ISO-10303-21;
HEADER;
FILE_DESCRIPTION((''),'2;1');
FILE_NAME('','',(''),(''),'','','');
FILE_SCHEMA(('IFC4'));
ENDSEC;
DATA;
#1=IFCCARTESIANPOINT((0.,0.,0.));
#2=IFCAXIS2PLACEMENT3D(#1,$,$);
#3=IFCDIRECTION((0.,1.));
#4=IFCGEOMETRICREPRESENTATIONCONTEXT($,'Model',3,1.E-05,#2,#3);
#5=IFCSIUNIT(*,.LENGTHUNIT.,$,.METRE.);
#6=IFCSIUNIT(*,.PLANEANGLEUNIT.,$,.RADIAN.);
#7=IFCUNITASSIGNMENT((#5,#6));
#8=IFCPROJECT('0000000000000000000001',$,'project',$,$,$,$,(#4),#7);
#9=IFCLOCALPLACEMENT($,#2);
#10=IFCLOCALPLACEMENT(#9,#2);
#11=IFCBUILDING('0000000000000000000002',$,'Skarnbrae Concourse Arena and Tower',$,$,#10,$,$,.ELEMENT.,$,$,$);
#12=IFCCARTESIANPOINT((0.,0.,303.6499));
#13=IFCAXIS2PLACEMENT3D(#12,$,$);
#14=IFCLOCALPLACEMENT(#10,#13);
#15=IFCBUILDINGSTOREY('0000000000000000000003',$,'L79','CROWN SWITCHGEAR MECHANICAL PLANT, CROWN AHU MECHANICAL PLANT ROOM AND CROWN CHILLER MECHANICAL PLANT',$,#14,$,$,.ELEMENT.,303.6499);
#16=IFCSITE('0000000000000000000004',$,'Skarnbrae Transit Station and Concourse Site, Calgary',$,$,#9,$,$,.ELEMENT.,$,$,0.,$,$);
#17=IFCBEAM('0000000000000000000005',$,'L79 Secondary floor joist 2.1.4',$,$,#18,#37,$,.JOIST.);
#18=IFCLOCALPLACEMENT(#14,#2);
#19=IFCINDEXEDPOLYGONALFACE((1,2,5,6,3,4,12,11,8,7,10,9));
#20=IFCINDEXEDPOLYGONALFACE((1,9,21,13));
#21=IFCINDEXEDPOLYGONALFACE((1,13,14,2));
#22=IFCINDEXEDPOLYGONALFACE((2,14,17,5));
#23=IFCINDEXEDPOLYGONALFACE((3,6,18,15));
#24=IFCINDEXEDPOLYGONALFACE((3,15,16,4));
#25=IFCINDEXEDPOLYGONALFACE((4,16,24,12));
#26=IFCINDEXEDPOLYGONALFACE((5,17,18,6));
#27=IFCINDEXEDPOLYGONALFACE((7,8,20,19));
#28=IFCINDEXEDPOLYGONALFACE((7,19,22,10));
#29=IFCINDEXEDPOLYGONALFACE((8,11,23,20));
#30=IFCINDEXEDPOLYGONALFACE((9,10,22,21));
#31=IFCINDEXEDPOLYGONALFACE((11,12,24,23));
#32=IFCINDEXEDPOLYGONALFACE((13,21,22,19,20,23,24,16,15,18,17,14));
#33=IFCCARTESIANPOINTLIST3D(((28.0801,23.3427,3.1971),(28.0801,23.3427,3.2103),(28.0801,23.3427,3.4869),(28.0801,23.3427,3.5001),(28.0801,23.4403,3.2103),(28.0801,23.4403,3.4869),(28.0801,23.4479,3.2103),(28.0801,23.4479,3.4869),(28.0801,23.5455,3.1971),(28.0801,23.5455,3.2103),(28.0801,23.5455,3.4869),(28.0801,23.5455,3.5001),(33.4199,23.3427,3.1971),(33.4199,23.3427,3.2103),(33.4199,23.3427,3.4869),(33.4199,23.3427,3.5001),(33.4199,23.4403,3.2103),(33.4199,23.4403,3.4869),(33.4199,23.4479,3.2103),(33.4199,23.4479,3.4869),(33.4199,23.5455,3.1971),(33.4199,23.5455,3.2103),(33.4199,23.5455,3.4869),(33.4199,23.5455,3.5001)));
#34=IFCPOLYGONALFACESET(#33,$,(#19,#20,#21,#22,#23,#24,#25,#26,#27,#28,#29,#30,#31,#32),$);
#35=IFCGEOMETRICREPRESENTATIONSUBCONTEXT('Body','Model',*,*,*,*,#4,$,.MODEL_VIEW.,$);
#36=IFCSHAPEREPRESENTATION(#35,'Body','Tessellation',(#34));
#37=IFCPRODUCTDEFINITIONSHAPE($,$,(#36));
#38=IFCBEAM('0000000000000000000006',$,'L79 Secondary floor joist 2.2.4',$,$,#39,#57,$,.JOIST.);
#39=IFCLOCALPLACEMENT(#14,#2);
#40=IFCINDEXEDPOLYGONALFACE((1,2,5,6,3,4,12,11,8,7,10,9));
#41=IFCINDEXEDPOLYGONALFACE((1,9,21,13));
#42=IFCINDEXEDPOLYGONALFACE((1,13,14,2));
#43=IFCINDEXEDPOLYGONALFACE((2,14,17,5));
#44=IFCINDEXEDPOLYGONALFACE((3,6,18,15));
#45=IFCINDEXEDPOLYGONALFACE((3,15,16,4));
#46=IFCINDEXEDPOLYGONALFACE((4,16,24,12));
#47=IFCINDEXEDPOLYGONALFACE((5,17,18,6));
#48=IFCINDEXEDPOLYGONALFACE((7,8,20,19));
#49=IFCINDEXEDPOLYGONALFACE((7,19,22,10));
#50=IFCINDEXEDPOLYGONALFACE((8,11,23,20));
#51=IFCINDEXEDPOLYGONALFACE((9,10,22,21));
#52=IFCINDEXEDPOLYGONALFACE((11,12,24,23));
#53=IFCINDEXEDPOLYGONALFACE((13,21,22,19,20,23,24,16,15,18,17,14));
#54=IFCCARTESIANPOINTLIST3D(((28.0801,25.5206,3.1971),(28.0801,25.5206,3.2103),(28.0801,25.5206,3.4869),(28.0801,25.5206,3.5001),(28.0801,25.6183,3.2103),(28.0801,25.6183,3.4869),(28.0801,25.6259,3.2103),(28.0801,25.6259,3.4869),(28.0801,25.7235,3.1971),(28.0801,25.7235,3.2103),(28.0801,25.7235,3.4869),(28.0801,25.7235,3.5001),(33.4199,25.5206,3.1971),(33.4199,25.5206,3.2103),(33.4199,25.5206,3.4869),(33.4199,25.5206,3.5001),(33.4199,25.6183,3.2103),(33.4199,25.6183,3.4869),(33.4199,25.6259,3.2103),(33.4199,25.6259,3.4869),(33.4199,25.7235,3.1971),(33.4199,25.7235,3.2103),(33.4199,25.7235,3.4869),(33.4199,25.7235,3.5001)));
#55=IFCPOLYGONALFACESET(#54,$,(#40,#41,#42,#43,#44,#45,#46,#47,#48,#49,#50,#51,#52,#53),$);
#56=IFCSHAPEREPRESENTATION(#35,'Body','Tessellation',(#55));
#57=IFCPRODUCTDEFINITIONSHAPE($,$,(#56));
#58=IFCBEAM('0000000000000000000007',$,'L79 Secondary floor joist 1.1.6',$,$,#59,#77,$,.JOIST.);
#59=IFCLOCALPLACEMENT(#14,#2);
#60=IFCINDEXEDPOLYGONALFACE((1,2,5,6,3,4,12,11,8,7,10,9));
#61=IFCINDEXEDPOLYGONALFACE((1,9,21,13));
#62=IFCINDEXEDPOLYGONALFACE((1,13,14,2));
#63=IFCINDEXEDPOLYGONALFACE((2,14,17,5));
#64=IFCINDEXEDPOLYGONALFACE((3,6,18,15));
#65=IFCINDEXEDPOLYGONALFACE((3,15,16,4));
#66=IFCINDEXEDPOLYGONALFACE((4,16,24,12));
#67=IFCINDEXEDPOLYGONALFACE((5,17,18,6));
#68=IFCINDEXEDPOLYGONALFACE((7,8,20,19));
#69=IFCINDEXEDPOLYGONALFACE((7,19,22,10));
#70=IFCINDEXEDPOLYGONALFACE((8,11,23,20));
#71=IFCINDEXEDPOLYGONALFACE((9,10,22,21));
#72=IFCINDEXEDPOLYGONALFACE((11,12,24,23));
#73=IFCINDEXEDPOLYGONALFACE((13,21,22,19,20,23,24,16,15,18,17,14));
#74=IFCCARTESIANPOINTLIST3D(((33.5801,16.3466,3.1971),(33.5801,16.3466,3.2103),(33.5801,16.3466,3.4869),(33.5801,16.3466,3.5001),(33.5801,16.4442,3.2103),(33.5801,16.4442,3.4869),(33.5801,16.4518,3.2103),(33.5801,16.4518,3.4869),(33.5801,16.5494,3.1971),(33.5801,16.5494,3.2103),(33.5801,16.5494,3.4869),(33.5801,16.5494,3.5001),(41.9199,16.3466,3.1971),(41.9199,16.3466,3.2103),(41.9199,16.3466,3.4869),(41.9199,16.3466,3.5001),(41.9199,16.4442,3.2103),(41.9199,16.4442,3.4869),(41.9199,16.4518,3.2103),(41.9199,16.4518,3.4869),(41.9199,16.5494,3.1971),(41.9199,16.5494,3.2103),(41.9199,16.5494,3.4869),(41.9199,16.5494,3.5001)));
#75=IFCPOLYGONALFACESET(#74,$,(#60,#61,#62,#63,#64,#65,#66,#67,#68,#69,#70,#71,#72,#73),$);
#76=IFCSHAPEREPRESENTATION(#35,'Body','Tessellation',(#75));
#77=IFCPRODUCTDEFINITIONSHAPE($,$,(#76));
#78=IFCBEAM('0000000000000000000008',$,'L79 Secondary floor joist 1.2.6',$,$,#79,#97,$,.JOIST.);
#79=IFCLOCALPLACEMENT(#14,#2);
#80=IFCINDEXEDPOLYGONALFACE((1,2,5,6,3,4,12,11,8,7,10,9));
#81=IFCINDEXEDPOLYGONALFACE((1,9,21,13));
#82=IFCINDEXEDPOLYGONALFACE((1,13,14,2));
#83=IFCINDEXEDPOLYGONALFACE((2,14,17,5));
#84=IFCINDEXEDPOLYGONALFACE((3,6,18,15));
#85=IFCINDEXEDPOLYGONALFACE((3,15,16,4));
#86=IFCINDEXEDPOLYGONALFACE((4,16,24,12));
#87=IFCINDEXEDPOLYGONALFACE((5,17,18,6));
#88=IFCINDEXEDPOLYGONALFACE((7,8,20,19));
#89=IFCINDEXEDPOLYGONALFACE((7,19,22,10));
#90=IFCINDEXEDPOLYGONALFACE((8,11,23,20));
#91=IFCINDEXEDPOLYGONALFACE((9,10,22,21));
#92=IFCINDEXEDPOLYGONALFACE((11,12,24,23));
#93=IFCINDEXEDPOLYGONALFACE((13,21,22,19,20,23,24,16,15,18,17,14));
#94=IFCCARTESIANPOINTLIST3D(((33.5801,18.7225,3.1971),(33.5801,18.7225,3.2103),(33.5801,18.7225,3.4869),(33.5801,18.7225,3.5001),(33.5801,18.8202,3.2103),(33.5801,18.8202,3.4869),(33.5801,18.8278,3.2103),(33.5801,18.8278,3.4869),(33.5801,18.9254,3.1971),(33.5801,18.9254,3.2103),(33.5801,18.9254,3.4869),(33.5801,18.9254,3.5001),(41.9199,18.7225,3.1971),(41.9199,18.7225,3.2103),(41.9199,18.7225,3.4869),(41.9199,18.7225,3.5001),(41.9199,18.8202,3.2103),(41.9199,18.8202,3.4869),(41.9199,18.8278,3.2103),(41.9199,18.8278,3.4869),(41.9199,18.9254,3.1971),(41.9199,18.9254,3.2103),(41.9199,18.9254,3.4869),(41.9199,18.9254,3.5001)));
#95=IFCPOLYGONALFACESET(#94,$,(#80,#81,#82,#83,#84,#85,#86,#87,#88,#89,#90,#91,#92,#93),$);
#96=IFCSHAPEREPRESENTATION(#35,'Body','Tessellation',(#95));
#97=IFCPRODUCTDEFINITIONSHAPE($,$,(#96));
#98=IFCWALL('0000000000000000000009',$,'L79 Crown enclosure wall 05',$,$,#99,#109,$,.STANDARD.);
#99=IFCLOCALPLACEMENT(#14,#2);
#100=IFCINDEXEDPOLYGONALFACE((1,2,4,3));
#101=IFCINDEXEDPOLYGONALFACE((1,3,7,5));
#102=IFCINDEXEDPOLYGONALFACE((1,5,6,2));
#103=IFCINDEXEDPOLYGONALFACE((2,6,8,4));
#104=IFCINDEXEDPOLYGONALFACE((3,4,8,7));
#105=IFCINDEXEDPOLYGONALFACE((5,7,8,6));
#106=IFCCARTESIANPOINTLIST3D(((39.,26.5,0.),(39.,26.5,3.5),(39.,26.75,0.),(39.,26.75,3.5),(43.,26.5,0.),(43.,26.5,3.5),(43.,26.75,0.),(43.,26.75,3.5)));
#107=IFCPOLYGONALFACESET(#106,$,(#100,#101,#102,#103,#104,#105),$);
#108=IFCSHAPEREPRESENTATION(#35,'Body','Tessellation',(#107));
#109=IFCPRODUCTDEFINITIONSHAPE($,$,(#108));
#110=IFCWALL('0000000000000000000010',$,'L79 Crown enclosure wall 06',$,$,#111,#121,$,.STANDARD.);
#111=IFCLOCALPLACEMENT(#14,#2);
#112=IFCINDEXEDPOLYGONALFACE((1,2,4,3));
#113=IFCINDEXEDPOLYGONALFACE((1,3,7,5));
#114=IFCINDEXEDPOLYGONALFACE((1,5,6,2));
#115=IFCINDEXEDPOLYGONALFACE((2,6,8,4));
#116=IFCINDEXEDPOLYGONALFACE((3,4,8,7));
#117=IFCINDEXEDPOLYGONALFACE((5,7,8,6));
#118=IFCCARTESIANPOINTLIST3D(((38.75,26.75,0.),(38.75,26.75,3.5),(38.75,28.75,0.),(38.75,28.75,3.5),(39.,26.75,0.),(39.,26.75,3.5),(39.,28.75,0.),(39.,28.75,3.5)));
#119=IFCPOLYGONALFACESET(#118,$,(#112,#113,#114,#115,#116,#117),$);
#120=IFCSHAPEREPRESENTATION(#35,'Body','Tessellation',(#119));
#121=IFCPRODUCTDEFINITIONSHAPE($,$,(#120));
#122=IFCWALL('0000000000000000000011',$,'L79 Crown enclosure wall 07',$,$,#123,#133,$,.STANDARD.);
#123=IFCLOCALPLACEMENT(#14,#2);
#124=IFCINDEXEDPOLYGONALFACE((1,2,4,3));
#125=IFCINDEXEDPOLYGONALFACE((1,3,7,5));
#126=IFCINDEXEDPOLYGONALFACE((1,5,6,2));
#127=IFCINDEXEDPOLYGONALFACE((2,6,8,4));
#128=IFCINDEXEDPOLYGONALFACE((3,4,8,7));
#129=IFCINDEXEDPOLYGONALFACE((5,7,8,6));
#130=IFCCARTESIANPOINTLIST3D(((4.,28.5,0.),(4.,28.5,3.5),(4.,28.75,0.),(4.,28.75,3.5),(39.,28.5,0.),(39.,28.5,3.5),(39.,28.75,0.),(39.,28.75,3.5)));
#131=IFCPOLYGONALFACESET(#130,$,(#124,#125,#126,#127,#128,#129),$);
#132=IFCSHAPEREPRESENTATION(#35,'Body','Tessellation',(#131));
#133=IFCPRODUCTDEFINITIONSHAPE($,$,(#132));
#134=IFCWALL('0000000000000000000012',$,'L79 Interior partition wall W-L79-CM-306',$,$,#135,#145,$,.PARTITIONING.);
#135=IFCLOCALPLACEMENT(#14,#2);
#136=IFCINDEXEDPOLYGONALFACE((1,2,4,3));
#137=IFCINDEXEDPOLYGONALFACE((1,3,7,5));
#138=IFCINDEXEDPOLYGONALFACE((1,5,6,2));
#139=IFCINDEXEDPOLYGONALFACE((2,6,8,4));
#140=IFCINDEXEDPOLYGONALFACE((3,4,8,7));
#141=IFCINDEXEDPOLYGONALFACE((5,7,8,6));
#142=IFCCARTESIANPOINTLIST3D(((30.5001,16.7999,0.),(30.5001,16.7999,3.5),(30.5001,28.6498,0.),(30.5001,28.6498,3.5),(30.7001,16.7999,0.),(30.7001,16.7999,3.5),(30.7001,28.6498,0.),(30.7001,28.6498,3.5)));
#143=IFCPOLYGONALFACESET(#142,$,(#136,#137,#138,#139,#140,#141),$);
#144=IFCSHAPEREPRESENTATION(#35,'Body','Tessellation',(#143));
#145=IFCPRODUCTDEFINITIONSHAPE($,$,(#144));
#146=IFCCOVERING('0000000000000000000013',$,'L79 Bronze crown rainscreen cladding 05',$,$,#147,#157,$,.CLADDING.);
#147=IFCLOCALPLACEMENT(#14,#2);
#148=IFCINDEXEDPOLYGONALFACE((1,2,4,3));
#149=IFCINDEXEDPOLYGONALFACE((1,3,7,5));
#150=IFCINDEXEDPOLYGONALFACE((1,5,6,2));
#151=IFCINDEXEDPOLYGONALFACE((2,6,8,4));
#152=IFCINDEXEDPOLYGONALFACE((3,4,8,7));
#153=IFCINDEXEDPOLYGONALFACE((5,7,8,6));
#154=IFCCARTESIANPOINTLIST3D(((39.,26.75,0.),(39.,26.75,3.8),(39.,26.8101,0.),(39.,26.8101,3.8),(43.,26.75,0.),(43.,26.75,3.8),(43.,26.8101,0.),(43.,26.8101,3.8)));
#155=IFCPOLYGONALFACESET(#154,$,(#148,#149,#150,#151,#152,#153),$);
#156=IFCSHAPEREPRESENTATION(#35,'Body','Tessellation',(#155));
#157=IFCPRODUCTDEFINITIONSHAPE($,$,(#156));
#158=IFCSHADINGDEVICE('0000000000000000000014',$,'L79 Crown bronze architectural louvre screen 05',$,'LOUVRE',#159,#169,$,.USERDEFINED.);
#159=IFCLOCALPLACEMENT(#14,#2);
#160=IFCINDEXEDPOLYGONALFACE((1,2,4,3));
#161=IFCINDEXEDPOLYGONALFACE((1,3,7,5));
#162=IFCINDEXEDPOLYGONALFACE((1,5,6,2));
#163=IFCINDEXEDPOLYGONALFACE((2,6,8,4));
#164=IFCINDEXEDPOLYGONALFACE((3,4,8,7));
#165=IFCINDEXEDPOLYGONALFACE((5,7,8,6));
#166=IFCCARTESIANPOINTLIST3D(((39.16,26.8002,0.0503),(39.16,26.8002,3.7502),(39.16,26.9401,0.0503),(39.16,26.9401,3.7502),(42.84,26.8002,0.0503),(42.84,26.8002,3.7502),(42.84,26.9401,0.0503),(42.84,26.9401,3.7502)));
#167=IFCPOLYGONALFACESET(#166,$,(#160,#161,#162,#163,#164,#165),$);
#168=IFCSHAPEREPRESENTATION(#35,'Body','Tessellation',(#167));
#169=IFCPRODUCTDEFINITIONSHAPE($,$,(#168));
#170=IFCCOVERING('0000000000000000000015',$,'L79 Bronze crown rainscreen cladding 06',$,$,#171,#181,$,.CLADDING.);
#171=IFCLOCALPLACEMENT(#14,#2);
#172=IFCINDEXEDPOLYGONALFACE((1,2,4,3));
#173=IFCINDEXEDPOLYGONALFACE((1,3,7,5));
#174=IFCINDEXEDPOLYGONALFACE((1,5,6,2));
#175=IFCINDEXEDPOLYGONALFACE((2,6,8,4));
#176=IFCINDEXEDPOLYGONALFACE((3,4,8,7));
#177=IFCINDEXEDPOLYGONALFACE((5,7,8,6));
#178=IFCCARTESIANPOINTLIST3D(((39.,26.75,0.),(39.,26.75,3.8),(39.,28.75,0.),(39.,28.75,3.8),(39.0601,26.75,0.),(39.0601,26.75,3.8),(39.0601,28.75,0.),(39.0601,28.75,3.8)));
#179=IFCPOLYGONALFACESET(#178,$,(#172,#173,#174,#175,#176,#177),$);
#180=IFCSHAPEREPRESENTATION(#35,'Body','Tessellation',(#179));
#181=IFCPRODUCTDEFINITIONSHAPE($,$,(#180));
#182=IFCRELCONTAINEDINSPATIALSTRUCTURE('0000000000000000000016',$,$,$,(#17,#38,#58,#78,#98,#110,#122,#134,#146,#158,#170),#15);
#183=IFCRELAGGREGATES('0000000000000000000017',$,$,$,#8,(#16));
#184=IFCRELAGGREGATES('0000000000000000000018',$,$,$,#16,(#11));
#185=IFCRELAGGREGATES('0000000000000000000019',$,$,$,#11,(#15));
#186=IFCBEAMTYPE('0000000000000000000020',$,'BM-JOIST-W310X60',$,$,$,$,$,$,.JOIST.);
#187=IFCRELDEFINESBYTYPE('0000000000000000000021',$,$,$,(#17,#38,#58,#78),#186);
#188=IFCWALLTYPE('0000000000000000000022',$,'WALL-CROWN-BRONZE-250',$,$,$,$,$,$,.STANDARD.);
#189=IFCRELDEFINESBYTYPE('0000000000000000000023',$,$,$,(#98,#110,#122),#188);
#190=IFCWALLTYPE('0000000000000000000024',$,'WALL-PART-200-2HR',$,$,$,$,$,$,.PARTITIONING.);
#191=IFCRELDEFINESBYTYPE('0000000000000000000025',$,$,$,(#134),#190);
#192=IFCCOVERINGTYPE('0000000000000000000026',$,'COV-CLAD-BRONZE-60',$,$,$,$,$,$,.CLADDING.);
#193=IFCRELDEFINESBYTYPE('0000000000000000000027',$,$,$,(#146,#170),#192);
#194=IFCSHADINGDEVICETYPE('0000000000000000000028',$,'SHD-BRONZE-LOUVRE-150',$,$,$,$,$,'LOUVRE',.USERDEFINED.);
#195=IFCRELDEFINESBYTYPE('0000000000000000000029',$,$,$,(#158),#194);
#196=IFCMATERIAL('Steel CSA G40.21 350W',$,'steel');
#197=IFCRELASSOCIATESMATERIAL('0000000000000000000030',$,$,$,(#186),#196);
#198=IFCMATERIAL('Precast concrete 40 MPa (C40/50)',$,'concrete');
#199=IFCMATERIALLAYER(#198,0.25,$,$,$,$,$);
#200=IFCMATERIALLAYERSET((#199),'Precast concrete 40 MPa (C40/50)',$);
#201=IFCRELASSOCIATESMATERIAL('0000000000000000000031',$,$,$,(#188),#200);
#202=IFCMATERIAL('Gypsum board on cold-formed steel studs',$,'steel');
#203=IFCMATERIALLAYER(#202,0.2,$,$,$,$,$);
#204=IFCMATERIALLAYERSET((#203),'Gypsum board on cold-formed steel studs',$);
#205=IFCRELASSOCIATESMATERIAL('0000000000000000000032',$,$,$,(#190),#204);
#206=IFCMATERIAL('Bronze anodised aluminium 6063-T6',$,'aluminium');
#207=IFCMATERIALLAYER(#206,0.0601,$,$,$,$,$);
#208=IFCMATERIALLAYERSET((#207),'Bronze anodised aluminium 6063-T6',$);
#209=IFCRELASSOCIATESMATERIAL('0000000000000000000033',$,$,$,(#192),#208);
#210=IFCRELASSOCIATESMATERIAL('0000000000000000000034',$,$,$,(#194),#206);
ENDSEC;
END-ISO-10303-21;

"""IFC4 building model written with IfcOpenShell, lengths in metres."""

from ifc_helpers import new_model, si_unit, direction, frame, frame_2d, origin, origin_2d, place, context, subcontext, project, spatial, rectangle, i_section, extrude, source, transform, mapped, material, layer, layer_set, material_profile, profile_set, type_object, element, save


model = new_model("IFC4")

# Units and contexts
model_context = context("Model", 3, precision=1e-05, world=origin(), true_north=direction((0.0, 1.0)))
body_context = subcontext(model_context, "Body", "Model", "MODEL_VIEW")
ifc_project = project(units=[si_unit("LENGTHUNIT", "METRE"), si_unit("PLANEANGLEUNIT", "RADIAN")], contexts=[model_context])

# Site, building, storey
site_placement = place(None, origin())
site = spatial("IfcSite", under=ifc_project, at=site_placement, Name="Skarnbrae Transit Station and Concourse Site, Calgary", CompositionType="ELEMENT", RefElevation=0.0)
building_placement = place(site_placement, origin())
building = spatial("IfcBuilding", under=site, at=building_placement, Name="Skarnbrae Concourse Arena and Tower", CompositionType="ELEMENT")
storey_placement = place(building_placement, frame((0.0, 0.0, 303.6499)))
storey = spatial("IfcBuildingStorey", under=building, at=storey_placement, Name="L79", Description="CROWN SWITCHGEAR MECHANICAL PLANT, CROWN AHU MECHANICAL PLANT ROOM AND CROWN CHILLER MECHANICAL PLANT", CompositionType="ELEMENT", Elevation=303.6499)

# Shared definitions
ifc_material_1 = material(Name="Steel CSA G40.21 350W", Category="steel")

# Beams
ifc_material_profile_1 = material_profile(ifc_material_1, i_section(OverallWidth=0.2029, OverallDepth=0.303, WebThickness=0.0076, FlangeThickness=0.0132, at=origin_2d()), Name="W310X60")
ifc_profile_set_1 = profile_set([ifc_material_profile_1], Name="Steel CSA G40.21 350W")
beam_type_1 = type_object("IfcBeamType", Name="BM-JOIST-W310X60", PredefinedType="JOIST", material=ifc_profile_set_1)
shared_shape_1 = source(origin(), body_context, "Body", "SweptSolid", [
    extrude(i_section(OverallWidth=0.2029, OverallDepth=0.303, WebThickness=0.0076, FlangeThickness=0.0132, at=origin_2d()), origin(), (0.0, 0.0, 1.0), 5.3398),
])
for number, where, z_axis, x_axis, name in (
    (1, (28.0801, 23.4441, 3.3486), (1.0, 0.0, 0.0), (0.0, 1.0, 0.0), "L79 Secondary floor joist 2.1.4"),
    (2, (28.0801, 25.6221, 3.3486), (1.0, 0.0, 0.0), (0.0, 1.0, 0.0), "L79 Secondary floor joist 2.2.4"),
):
    element("IfcBeam", number, at=place(storey_placement, frame(where, z_axis=z_axis, x_axis=x_axis)), inside=storey, type_object=beam_type_1, Name=name, PredefinedType="JOIST", context=body_context, shape_type="MappedRepresentation", body=[
        mapped(shared_shape_1, transform((0.0, 0.0, 0.0))),
    ])
shared_shape_2 = source(origin(), body_context, "Body", "SweptSolid", [
    extrude(i_section(OverallWidth=0.2029, OverallDepth=0.303, WebThickness=0.0076, FlangeThickness=0.0132, at=origin_2d()), origin(), (0.0, 0.0, 1.0), 8.3398),
])
for number, where, z_axis, x_axis, name in (
    (3, (33.5801, 16.448, 3.3486), (1.0, 0.0, 0.0), (0.0, 1.0, 0.0), "L79 Secondary floor joist 1.1.6"),
    (4, (33.5801, 18.824, 3.3486), (1.0, 0.0, 0.0), (0.0, 1.0, 0.0), "L79 Secondary floor joist 1.2.6"),
):
    element("IfcBeam", number, at=place(storey_placement, frame(where, z_axis=z_axis, x_axis=x_axis)), inside=storey, type_object=beam_type_1, Name=name, PredefinedType="JOIST", context=body_context, shape_type="MappedRepresentation", body=[
        mapped(shared_shape_2, transform((0.0, 0.0, 0.0))),
    ])

# Walls
ifc_material_2 = material(Name="Precast concrete 40 MPa (C40/50)", Category="concrete")
ifc_layer_1 = layer(ifc_material_2, 0.25)
ifc_layer_set_1 = layer_set([ifc_layer_1], Name="Precast concrete 40 MPa (C40/50)")
wall_type_1 = type_object("IfcWallType", Name="WALL-CROWN-BRONZE-250", PredefinedType="STANDARD", material=ifc_layer_set_1)
shared_shape_3 = source(origin(), body_context, "Body", "SweptSolid", [
    extrude(rectangle(XDim=4.0, YDim=0.25, at=frame_2d((2.0, 0.0))), origin(), (0.0, 0.0, 1.0), 3.5),
])
wall_1_placement = place(storey_placement, frame((43.0, 26.625, 0.0), z_axis=(0.0, 0.0, 1.0), x_axis=(-1.0, 0.0, 0.0)))
element("IfcWall", 5, at=wall_1_placement, inside=storey, type_object=wall_type_1, Name="L79 Crown enclosure wall 05", PredefinedType="STANDARD", context=body_context, shape_type="MappedRepresentation", body=[
    mapped(shared_shape_3, transform((0.0, 0.0, 0.0))),
])
shared_shape_4 = source(origin(), body_context, "Body", "SweptSolid", [
    extrude(rectangle(XDim=2.0, YDim=0.25, at=frame_2d((1.0, 0.0))), origin(), (0.0, 0.0, 1.0), 3.5),
])
wall_2_placement = place(storey_placement, frame((38.875, 26.75, 0.0), z_axis=(0.0, 0.0, 1.0), x_axis=(0.0, 1.0, 0.0)))
element("IfcWall", 6, at=wall_2_placement, inside=storey, type_object=wall_type_1, Name="L79 Crown enclosure wall 06", PredefinedType="STANDARD", context=body_context, shape_type="MappedRepresentation", body=[
    mapped(shared_shape_4, transform((0.0, 0.0, 0.0))),
])
shared_shape_5 = source(origin(), body_context, "Body", "SweptSolid", [
    extrude(rectangle(XDim=35.0, YDim=0.25, at=frame_2d((17.5, 0.0))), origin(), (0.0, 0.0, 1.0), 3.5),
])
wall_3_placement = place(storey_placement, frame((39.0, 28.625, 0.0), z_axis=(0.0, 0.0, 1.0), x_axis=(-1.0, 0.0, 0.0)))
element("IfcWall", 7, at=wall_3_placement, inside=storey, type_object=wall_type_1, Name="L79 Crown enclosure wall 07", PredefinedType="STANDARD", context=body_context, shape_type="MappedRepresentation", body=[
    mapped(shared_shape_5, transform((0.0, 0.0, 0.0))),
])
ifc_material_3 = material(Name="Gypsum board on cold-formed steel studs", Category="steel")
ifc_layer_2 = layer(ifc_material_3, 0.2)
ifc_layer_set_2 = layer_set([ifc_layer_2], Name="Gypsum board on cold-formed steel studs")
wall_type_2 = type_object("IfcWallType", Name="WALL-PART-200-2HR", PredefinedType="PARTITIONING", material=ifc_layer_set_2)
shared_shape_6 = source(origin(), body_context, "Body", "SweptSolid", [
    extrude(rectangle(XDim=11.8499, YDim=0.2, at=frame_2d((5.9248, 0.0))), origin(), (0.0, 0.0, 1.0), 3.5),
])
wall_4_placement = place(storey_placement, frame((30.6001, 16.8, 0.0), z_axis=(0.0, 0.0, 1.0), x_axis=(0.0, 1.0, 0.0)))
element("IfcWall", 8, at=wall_4_placement, inside=storey, type_object=wall_type_2, Name="L79 Interior partition wall W-L79-CM-306", PredefinedType="PARTITIONING", context=body_context, shape_type="MappedRepresentation", body=[
    mapped(shared_shape_6, transform((0.0, 0.0, 0.0))),
])

# Covering
ifc_material_4 = material(Name="Bronze anodised aluminium 6063-T6", Category="aluminium")
ifc_layer_3 = layer(ifc_material_4, 0.0601)
ifc_layer_set_3 = layer_set([ifc_layer_3], Name="Bronze anodised aluminium 6063-T6")
covering_type = type_object("IfcCoveringType", Name="COV-CLAD-BRONZE-60", PredefinedType="CLADDING", material=ifc_layer_set_3)
shared_shape_7 = source(origin(), body_context, "Body", "SweptSolid", [
    extrude(rectangle(XDim=4.0, YDim=0.0601, at=origin_2d()), origin(), (0.0, 0.0, 1.0), 3.8),
])
covering_1_placement = place(storey_placement, frame((41.0, 26.78, 0.0), z_axis=(0.0, 0.0, 1.0), x_axis=(-1.0, 0.0, 0.0)))
element("IfcCovering", 9, at=covering_1_placement, inside=storey, type_object=covering_type, Name="L79 Bronze crown rainscreen cladding 05", PredefinedType="CLADDING", context=body_context, shape_type="MappedRepresentation", body=[
    mapped(shared_shape_7, transform((0.0, 0.0, 0.0))),
])

# Shading device
shading_device_type = type_object("IfcShadingDeviceType", Name="SHD-BRONZE-LOUVRE-150", ElementType="LOUVRE", PredefinedType="USERDEFINED", material=ifc_material_4)
shared_shape_8 = source(origin(), body_context, "Body", "SweptSolid", [
    extrude(rectangle(XDim=3.6799, YDim=0.1399, at=origin_2d()), origin(), (0.0, 0.0, 1.0), 3.7),
])
shading_device_1_placement = place(storey_placement, frame((41.0, 26.8701, 0.0503), z_axis=(0.0, 0.0, 1.0), x_axis=(-1.0, 0.0, 0.0)))
element("IfcShadingDevice", 10, at=shading_device_1_placement, inside=storey, type_object=shading_device_type, Name="L79 Crown bronze architectural louvre screen 05", ObjectType="LOUVRE", PredefinedType="USERDEFINED", context=body_context, shape_type="MappedRepresentation", body=[
    mapped(shared_shape_8, transform((0.0, 0.0, 0.0))),
])

# Covering
shared_shape_9 = source(origin(), body_context, "Body", "SweptSolid", [
    extrude(rectangle(XDim=2.0, YDim=0.0601, at=origin_2d()), origin(), (0.0, 0.0, 1.0), 3.8),
])
covering_2_placement = place(storey_placement, frame((39.03, 27.75, 0.0), z_axis=(0.0, 0.0, 1.0), x_axis=(0.0, 1.0, 0.0)))
element("IfcCovering", 11, at=covering_2_placement, inside=storey, type_object=covering_type, Name="L79 Bronze crown rainscreen cladding 06", PredefinedType="CLADDING", context=body_context, shape_type="MappedRepresentation", body=[
    mapped(shared_shape_9, transform((0.0, 0.0, 0.0))),
])

save(model, "model.ifc")
